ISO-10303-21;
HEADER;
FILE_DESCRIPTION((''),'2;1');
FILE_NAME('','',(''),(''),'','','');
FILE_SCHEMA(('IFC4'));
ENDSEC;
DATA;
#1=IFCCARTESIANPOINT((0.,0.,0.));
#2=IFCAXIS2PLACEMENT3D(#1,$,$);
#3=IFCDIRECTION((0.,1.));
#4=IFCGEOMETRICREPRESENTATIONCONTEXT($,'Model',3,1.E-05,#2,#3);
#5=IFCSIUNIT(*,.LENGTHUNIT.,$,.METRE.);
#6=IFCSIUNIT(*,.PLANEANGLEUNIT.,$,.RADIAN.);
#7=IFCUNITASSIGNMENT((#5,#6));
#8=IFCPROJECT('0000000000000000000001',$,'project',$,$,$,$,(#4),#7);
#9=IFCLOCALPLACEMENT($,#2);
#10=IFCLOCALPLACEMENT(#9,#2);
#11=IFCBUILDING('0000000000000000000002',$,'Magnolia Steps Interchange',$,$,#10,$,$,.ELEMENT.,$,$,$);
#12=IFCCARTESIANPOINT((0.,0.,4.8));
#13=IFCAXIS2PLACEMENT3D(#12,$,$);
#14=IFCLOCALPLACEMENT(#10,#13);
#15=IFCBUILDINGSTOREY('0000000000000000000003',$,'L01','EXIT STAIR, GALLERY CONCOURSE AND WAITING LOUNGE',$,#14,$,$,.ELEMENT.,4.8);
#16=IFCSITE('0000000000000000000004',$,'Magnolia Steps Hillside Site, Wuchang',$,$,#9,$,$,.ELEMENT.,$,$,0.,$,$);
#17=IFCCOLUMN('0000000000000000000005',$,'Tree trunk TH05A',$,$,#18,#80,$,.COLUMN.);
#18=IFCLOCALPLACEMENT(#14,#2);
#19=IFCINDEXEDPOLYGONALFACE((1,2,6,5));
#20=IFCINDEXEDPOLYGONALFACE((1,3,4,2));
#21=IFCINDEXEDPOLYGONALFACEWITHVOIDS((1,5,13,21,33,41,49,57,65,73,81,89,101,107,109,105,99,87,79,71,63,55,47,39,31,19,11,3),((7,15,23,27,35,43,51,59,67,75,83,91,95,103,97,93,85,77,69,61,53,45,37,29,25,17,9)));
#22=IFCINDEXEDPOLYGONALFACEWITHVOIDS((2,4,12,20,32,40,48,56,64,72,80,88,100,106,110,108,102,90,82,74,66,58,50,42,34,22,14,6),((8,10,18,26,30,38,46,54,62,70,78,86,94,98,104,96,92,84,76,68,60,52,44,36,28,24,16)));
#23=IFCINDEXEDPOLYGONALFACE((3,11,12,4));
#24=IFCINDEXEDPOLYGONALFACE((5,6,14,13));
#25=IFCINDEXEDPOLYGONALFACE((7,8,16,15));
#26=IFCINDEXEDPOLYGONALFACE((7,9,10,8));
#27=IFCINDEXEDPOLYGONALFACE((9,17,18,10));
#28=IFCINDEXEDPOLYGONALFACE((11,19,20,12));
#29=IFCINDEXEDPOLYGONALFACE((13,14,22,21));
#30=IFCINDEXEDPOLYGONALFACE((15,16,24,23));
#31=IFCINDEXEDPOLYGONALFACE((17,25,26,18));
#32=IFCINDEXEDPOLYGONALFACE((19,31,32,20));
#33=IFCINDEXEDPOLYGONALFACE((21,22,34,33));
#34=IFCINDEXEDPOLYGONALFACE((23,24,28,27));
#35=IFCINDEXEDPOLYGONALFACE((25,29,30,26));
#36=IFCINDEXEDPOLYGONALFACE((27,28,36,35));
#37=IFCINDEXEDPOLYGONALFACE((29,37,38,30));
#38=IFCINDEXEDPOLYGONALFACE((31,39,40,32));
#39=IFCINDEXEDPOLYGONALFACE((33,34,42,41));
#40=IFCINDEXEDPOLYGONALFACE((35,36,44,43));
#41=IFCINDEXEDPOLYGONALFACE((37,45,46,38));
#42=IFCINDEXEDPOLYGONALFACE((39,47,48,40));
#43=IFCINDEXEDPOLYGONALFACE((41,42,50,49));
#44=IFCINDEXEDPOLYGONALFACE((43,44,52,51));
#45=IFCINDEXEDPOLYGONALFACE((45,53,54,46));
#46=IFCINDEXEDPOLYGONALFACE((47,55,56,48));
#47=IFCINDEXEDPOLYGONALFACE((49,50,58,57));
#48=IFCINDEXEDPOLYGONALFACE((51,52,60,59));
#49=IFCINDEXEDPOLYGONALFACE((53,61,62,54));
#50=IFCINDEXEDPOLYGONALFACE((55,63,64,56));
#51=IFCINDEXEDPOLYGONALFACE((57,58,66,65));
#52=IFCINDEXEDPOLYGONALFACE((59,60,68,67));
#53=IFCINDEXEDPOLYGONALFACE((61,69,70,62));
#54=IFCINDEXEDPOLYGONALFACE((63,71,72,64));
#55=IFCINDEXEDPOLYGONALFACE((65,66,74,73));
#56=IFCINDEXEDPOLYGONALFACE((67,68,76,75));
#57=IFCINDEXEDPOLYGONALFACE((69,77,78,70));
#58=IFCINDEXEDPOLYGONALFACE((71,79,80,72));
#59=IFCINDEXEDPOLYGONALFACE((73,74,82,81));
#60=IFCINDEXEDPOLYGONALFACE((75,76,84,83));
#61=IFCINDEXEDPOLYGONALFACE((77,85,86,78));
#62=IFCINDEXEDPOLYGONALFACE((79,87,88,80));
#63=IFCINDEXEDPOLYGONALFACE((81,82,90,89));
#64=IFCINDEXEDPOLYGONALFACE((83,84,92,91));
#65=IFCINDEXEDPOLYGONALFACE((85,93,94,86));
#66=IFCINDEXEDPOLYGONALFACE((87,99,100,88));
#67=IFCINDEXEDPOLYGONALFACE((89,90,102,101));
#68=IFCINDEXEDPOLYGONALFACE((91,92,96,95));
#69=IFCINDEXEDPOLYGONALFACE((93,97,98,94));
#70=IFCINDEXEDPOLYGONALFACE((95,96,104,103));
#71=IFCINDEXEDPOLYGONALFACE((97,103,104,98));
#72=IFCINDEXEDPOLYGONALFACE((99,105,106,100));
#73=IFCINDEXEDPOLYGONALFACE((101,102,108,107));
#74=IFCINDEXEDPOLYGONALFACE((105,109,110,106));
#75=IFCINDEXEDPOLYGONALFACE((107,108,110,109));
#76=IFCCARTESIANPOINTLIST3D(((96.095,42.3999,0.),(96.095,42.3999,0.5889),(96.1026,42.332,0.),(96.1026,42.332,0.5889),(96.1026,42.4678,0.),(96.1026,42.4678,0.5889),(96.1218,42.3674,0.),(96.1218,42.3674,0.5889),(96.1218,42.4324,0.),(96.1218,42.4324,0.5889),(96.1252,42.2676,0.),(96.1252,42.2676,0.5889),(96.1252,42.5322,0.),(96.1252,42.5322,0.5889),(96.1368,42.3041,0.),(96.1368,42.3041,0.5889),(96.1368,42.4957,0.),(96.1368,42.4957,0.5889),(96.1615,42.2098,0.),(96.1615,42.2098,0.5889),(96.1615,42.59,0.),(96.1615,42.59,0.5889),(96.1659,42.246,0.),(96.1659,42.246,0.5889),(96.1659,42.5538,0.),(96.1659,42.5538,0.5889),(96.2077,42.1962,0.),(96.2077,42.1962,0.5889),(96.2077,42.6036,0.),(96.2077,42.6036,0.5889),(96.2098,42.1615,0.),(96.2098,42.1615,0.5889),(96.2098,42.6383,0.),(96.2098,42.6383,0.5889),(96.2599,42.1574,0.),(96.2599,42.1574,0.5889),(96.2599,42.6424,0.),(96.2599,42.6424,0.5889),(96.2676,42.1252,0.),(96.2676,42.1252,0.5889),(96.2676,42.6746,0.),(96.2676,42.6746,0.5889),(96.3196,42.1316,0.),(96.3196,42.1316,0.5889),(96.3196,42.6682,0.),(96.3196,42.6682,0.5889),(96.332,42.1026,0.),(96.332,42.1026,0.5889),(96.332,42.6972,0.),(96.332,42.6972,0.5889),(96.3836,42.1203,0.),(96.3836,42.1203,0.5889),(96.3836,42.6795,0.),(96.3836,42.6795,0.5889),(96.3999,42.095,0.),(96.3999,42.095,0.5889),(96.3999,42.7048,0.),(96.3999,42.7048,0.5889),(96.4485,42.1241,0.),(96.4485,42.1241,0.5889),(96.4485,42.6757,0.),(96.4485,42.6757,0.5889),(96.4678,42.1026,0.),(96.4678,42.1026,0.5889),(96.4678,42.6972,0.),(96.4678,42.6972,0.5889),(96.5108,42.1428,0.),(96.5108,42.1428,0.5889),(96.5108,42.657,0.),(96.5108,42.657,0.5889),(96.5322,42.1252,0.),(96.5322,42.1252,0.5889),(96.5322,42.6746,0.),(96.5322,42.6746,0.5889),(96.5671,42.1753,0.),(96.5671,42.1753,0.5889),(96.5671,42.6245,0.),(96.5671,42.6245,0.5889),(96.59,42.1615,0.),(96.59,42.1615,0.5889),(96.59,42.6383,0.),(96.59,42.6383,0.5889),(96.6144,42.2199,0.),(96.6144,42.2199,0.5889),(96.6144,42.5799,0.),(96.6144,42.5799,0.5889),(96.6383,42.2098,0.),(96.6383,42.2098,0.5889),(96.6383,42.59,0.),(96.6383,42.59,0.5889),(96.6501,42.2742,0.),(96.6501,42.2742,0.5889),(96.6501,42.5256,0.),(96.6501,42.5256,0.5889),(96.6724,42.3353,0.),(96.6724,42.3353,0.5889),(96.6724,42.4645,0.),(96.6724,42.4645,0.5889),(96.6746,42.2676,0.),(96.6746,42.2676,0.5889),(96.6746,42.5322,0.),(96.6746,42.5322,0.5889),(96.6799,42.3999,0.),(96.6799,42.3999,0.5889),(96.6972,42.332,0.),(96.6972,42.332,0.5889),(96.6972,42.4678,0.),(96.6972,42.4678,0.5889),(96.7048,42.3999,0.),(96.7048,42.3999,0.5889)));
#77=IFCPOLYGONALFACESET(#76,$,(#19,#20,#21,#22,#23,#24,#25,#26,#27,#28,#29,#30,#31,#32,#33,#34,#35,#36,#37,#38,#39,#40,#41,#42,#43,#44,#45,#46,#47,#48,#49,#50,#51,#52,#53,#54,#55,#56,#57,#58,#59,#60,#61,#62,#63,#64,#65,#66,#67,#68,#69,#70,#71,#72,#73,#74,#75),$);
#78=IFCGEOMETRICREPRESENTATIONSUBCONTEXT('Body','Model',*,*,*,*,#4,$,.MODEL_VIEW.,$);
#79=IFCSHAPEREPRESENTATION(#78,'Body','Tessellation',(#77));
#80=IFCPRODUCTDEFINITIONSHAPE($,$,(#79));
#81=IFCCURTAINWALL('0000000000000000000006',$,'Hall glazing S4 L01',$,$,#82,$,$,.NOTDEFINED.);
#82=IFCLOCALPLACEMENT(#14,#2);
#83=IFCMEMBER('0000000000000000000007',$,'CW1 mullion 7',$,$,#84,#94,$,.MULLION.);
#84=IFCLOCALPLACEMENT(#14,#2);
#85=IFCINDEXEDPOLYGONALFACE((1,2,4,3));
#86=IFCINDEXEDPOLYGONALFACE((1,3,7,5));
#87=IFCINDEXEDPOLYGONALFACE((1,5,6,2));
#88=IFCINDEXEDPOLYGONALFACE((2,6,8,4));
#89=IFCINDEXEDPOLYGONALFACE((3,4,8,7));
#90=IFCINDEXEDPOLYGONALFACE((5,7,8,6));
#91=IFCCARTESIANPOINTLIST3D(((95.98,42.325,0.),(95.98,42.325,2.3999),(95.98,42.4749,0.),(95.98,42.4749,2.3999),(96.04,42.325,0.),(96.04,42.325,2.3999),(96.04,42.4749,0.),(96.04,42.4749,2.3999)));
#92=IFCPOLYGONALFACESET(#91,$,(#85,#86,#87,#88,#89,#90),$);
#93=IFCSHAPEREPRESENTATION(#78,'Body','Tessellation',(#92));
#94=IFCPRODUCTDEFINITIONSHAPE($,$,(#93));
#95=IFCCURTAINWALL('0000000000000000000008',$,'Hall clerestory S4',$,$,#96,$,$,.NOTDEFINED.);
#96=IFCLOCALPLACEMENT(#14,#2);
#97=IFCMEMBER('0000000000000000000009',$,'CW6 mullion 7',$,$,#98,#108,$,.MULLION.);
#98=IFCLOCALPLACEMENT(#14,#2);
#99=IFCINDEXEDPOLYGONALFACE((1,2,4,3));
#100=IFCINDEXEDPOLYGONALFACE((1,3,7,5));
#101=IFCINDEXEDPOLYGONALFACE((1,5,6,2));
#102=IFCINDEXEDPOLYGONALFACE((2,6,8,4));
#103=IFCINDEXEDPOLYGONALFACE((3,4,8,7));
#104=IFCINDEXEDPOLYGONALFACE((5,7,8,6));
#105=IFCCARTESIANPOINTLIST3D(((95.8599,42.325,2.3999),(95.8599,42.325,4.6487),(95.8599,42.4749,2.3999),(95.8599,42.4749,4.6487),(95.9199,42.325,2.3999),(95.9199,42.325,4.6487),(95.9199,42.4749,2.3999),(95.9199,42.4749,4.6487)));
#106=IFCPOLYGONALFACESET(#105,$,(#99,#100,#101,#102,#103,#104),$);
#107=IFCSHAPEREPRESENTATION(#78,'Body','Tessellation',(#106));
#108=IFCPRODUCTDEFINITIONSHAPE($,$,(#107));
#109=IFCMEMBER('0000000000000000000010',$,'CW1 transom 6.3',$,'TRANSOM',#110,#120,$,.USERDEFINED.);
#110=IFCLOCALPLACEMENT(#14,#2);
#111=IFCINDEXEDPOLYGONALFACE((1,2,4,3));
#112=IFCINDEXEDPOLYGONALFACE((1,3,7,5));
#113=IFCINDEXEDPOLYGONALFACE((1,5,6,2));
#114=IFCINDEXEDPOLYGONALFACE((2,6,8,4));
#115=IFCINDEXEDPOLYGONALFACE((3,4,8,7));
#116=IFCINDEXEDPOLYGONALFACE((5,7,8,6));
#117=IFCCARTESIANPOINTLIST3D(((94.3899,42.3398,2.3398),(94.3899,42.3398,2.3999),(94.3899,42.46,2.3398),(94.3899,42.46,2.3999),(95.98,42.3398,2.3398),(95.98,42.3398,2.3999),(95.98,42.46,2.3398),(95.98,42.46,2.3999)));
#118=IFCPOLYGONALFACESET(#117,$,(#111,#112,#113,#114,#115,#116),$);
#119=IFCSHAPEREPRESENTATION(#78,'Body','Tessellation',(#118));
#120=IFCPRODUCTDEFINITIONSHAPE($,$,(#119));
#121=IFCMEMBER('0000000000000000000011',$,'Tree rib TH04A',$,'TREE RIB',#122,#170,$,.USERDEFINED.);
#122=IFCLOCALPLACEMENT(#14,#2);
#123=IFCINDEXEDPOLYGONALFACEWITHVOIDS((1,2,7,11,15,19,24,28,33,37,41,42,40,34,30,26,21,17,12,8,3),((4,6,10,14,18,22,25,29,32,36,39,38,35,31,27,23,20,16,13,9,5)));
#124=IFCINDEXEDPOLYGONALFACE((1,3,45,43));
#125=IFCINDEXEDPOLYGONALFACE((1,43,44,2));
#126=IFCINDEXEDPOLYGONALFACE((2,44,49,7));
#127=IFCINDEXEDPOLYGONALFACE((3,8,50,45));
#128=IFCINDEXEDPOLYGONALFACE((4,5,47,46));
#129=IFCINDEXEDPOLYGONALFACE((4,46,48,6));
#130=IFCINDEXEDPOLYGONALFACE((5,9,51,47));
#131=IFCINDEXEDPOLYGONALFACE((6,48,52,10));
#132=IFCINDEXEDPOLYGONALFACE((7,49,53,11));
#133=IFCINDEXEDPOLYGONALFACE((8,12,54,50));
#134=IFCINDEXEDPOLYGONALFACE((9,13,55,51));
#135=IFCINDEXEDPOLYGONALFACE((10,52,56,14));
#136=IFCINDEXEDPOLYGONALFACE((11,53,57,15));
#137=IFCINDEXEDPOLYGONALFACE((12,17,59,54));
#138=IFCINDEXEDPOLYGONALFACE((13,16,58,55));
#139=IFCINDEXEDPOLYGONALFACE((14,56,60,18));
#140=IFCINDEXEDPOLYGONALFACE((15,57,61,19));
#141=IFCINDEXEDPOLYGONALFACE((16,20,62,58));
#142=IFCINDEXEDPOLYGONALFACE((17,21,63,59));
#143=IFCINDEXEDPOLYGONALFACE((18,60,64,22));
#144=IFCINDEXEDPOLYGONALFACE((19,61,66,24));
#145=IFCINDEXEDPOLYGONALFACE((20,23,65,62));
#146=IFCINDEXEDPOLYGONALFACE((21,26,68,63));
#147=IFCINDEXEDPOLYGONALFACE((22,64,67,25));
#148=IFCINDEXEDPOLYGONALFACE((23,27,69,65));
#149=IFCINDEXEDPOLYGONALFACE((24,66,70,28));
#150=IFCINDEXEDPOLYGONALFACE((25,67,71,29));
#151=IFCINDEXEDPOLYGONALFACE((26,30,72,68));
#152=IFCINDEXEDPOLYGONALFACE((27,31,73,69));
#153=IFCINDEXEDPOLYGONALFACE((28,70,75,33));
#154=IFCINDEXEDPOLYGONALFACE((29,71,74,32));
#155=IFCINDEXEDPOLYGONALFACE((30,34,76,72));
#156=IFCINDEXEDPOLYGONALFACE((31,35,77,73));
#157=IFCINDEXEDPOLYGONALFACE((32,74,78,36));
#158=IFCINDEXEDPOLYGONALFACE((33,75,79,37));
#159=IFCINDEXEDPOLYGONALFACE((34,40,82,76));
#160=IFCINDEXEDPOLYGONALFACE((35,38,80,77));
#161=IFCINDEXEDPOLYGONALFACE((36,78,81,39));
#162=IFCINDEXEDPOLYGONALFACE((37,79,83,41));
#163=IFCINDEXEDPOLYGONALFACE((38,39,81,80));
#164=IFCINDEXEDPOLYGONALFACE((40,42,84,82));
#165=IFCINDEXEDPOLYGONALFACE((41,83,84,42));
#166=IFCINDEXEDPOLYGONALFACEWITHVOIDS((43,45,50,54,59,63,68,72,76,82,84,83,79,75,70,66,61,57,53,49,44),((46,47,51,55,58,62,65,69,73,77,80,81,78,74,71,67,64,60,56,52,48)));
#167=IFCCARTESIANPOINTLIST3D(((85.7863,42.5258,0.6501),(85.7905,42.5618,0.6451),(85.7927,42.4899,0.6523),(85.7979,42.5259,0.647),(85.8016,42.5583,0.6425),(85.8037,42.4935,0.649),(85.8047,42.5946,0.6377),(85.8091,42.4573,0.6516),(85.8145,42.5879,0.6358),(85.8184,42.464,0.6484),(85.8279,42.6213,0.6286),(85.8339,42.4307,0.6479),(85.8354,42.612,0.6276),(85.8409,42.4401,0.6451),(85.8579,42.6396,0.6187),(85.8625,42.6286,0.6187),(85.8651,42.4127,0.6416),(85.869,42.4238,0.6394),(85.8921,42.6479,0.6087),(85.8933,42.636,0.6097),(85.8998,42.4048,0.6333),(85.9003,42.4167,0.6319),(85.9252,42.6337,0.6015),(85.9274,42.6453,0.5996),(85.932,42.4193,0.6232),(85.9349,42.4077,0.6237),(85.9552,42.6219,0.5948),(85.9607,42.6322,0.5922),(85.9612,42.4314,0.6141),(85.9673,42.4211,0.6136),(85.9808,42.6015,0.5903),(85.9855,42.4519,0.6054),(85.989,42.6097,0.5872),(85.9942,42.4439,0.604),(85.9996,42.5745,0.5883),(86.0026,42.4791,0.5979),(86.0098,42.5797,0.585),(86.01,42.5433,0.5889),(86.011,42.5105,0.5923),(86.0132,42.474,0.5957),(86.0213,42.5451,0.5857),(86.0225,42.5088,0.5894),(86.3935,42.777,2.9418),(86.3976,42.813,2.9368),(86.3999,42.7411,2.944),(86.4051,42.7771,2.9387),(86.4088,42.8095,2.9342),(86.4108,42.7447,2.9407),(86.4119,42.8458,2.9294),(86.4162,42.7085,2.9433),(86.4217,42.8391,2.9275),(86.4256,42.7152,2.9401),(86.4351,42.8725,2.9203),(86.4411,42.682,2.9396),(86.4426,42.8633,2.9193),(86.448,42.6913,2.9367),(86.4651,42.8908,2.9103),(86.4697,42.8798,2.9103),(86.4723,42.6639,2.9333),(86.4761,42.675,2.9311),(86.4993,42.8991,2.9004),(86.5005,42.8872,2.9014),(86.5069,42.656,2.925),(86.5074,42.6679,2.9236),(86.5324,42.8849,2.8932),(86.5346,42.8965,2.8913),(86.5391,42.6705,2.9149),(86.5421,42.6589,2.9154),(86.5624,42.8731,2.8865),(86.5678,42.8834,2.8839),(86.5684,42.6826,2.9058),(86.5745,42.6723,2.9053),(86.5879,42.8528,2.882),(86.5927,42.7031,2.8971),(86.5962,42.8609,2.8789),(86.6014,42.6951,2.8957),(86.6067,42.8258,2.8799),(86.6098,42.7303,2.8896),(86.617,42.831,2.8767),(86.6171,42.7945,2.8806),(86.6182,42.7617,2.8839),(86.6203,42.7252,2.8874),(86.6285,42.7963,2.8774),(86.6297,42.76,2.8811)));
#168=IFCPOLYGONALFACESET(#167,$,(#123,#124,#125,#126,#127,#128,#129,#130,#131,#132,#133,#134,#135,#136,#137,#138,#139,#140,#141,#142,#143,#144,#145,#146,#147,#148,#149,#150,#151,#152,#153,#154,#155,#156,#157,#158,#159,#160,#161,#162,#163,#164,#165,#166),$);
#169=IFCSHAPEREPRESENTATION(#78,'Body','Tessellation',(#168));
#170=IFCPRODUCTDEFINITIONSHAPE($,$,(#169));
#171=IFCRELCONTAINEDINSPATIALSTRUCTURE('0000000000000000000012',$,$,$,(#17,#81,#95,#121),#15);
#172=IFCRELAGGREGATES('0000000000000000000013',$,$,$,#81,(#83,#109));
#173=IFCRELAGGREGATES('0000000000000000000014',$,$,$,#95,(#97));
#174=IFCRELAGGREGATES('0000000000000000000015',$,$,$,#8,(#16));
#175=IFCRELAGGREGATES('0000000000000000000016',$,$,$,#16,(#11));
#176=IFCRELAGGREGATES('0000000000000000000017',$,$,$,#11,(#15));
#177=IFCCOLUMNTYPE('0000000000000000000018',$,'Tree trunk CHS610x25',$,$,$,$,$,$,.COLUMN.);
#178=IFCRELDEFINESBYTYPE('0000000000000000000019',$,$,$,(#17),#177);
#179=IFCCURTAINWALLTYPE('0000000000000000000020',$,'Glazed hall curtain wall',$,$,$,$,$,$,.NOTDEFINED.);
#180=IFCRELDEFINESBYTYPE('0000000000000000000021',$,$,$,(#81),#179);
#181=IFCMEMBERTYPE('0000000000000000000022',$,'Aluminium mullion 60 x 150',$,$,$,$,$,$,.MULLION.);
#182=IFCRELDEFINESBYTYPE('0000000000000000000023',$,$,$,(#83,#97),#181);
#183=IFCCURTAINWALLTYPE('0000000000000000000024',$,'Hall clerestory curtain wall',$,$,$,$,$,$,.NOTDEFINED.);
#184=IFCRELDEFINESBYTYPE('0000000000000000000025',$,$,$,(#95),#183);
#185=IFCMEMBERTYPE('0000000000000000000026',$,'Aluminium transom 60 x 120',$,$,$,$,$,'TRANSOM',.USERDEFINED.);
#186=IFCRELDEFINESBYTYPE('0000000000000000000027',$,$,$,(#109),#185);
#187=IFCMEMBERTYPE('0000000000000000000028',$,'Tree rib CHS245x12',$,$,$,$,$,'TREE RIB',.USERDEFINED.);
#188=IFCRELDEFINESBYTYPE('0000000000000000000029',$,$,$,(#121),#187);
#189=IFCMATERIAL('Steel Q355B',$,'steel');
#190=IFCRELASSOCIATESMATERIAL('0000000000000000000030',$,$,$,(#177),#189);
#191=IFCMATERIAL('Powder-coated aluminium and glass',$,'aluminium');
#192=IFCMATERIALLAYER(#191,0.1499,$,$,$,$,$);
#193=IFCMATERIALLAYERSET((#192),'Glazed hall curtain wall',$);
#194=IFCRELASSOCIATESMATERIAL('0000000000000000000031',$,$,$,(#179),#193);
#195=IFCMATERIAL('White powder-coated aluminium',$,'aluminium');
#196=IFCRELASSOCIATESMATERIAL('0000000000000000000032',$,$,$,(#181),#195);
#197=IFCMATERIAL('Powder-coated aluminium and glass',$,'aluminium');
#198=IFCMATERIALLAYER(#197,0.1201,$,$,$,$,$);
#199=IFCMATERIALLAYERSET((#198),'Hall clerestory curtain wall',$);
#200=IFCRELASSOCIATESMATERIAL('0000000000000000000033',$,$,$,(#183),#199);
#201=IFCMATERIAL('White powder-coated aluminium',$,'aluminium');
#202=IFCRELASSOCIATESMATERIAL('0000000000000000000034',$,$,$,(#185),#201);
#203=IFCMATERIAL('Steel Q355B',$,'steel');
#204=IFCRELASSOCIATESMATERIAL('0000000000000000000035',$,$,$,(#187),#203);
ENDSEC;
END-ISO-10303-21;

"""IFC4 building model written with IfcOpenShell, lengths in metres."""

from ifc_helpers import new_model, si_unit, direction, frame, origin, origin_2d, place, context, subcontext, project, spatial, rectangle, hollow_circle, extrude, material, layer, layer_set, material_profile, profile_set, type_object, element, aggregate, save


model = new_model("IFC4")

# Units and contexts
model_context = context("Model", 3, precision=1e-05, world=origin(), true_north=direction((0.0, 1.0)))
body_context = subcontext(model_context, "Body", "Model", "MODEL_VIEW")
ifc_project = project(units=[si_unit("LENGTHUNIT", "METRE"), si_unit("PLANEANGLEUNIT", "RADIAN")], contexts=[model_context])

# Site, building, storey
site_placement = place(None, origin())
site = spatial("IfcSite", under=ifc_project, at=site_placement, Name="Magnolia Steps Hillside Site, Wuchang", CompositionType="ELEMENT", RefElevation=0.0)
building_placement = place(site_placement, origin())
building = spatial("IfcBuilding", under=site, at=building_placement, Name="Magnolia Steps Interchange", CompositionType="ELEMENT")
storey_placement = place(building_placement, frame((0.0, 0.0, 4.8)))
storey = spatial("IfcBuildingStorey", under=building, at=storey_placement, Name="L01", Description="EXIT STAIR, GALLERY CONCOURSE AND WAITING LOUNGE", CompositionType="ELEMENT", Elevation=4.8)

# Column
ifc_material_1 = material(Name="Steel Q355B", Category="steel")
ifc_material_profile_1 = material_profile(ifc_material_1, hollow_circle(Radius=0.3049, WallThickness=0.0249, at=origin_2d()), Name="CHS610x25")
ifc_profile_set_1 = profile_set([ifc_material_profile_1], Name="Steel Q355B")
column_type = type_object("IfcColumnType", Name="Tree trunk CHS610x25", PredefinedType="COLUMN", material=ifc_profile_set_1)
column_placement = place(storey_placement, frame((96.3999, 42.3999, 0.0), z_axis=(0.0, 0.0, 1.0), x_axis=(1.0, 0.0, 0.0)))
element("IfcColumn", 1, at=column_placement, inside=storey, type_object=column_type, Name="Tree trunk TH05A", PredefinedType="COLUMN", context=body_context, shape_type="SweptSolid", body=[
    extrude(hollow_circle(Radius=0.3049, WallThickness=0.0249, at=origin_2d()), origin(), (0.0, 0.0, 1.0), 0.5889),
])

# Curtain walls, members
ifc_material_2 = material(Name="Powder-coated aluminium and glass", Category="aluminium")
ifc_layer_1 = layer(ifc_material_2, 0.1499)
ifc_layer_set_1 = layer_set([ifc_layer_1], Name="Glazed hall curtain wall")
curtain_wall_type_1 = type_object("IfcCurtainWallType", Name="Glazed hall curtain wall", PredefinedType="NOTDEFINED", material=ifc_layer_set_1)
curtain_wall_1_placement = place(storey_placement, origin())
curtain_wall_1 = element("IfcCurtainWall", 2, at=curtain_wall_1_placement, inside=storey, type_object=curtain_wall_type_1, Name="Hall glazing S4 L01", PredefinedType="NOTDEFINED")
ifc_material_3 = material(Name="White powder-coated aluminium", Category="aluminium")
ifc_material_profile_2 = material_profile(ifc_material_3, rectangle(XDim=0.0601, YDim=0.1499, at=origin_2d()), Name="Aluminium mullion 60 x 150")
ifc_profile_set_2 = profile_set([ifc_material_profile_2], Name="White powder-coated aluminium")
member_type_1 = type_object("IfcMemberType", Name="Aluminium mullion 60 x 150", PredefinedType="MULLION", material=ifc_profile_set_2)
member_1_placement = place(storey_placement, frame((96.01, 42.3999, 0.0), z_axis=(0.0, 0.0, 1.0), x_axis=(1.0, 0.0, 0.0)))
member_1 = element("IfcMember", 3, at=member_1_placement, type_object=member_type_1, Name="CW1 mullion 7", PredefinedType="MULLION", context=body_context, shape_type="SweptSolid", body=[
    extrude(rectangle(XDim=0.0601, YDim=0.1499, at=origin_2d()), origin(), (0.0, 0.0, 1.0), 2.3999),
])
ifc_material_4 = material(Name="Powder-coated aluminium and glass", Category="aluminium")
ifc_layer_2 = layer(ifc_material_4, 0.1201)
ifc_layer_set_2 = layer_set([ifc_layer_2], Name="Hall clerestory curtain wall")
curtain_wall_type_2 = type_object("IfcCurtainWallType", Name="Hall clerestory curtain wall", PredefinedType="NOTDEFINED", material=ifc_layer_set_2)
curtain_wall_2_placement = place(storey_placement, origin())
curtain_wall_2 = element("IfcCurtainWall", 4, at=curtain_wall_2_placement, inside=storey, type_object=curtain_wall_type_2, Name="Hall clerestory S4", PredefinedType="NOTDEFINED")
member_2_placement = place(storey_placement, frame((95.8899, 42.3999, 2.3999), z_axis=(0.0, 0.0, 1.0), x_axis=(1.0, 0.0, 0.0)))
member_2 = element("IfcMember", 5, at=member_2_placement, type_object=member_type_1, Name="CW6 mullion 7", PredefinedType="MULLION", context=body_context, shape_type="SweptSolid", body=[
    extrude(rectangle(XDim=0.0601, YDim=0.1499, at=origin_2d()), origin(), (0.0, 0.0, 1.0), 2.2488),
])

# Member
ifc_material_5 = material(Name="White powder-coated aluminium", Category="aluminium")
ifc_material_profile_3 = material_profile(ifc_material_5, rectangle(XDim=0.0601, YDim=0.1201, at=origin_2d()), Name="Aluminium transom 60 x 120")
ifc_profile_set_3 = profile_set([ifc_material_profile_3], Name="White powder-coated aluminium")
member_type_2 = type_object("IfcMemberType", Name="Aluminium transom 60 x 120", ElementType="TRANSOM", PredefinedType="USERDEFINED", material=ifc_profile_set_3)
member_3_placement = place(storey_placement, frame((94.3899, 42.3999, 2.3699), z_axis=(1.0, 0.0, 0.0), x_axis=(0.0, 0.0, 1.0)))
member_3 = element("IfcMember", 6, at=member_3_placement, type_object=member_type_2, Name="CW1 transom 6.3", ObjectType="TRANSOM", PredefinedType="USERDEFINED", context=body_context, shape_type="SweptSolid", body=[
    extrude(rectangle(XDim=0.0601, YDim=0.1201, at=origin_2d()), origin(), (0.0, 0.0, 1.0), 1.5901),
])

# Member
ifc_material_6 = material(Name="Steel Q355B", Category="steel")
ifc_material_profile_4 = material_profile(ifc_material_6, hollow_circle(Radius=0.1226, WallThickness=0.012, at=origin_2d()), Name="CHS245x12")
ifc_profile_set_4 = profile_set([ifc_material_profile_4], Name="Steel Q355B")
member_type_3 = type_object("IfcMemberType", Name="Tree rib CHS245x12", ElementType="TREE RIB", PredefinedType="USERDEFINED", material=ifc_profile_set_4)
member_4_placement = place(storey_placement, frame((85.9048, 42.5264, 0.6187), z_axis=(0.254679, 0.105374, 0.961267), x_axis=(-0.382319, 0.92403, 0.0)))
element("IfcMember", 7, at=member_4_placement, inside=storey, type_object=member_type_3, Name="Tree rib TH04A", ObjectType="TREE RIB", PredefinedType="USERDEFINED", context=body_context, shape_type="SweptSolid", body=[
    extrude(hollow_circle(Radius=0.1226, WallThickness=0.012, at=origin_2d()), origin(), (0.0, 0.0, 1.0), 2.384),
])

aggregate(curtain_wall_1, [member_1, member_3])
aggregate(curtain_wall_2, [member_2])

save(model, "model.ifc")
